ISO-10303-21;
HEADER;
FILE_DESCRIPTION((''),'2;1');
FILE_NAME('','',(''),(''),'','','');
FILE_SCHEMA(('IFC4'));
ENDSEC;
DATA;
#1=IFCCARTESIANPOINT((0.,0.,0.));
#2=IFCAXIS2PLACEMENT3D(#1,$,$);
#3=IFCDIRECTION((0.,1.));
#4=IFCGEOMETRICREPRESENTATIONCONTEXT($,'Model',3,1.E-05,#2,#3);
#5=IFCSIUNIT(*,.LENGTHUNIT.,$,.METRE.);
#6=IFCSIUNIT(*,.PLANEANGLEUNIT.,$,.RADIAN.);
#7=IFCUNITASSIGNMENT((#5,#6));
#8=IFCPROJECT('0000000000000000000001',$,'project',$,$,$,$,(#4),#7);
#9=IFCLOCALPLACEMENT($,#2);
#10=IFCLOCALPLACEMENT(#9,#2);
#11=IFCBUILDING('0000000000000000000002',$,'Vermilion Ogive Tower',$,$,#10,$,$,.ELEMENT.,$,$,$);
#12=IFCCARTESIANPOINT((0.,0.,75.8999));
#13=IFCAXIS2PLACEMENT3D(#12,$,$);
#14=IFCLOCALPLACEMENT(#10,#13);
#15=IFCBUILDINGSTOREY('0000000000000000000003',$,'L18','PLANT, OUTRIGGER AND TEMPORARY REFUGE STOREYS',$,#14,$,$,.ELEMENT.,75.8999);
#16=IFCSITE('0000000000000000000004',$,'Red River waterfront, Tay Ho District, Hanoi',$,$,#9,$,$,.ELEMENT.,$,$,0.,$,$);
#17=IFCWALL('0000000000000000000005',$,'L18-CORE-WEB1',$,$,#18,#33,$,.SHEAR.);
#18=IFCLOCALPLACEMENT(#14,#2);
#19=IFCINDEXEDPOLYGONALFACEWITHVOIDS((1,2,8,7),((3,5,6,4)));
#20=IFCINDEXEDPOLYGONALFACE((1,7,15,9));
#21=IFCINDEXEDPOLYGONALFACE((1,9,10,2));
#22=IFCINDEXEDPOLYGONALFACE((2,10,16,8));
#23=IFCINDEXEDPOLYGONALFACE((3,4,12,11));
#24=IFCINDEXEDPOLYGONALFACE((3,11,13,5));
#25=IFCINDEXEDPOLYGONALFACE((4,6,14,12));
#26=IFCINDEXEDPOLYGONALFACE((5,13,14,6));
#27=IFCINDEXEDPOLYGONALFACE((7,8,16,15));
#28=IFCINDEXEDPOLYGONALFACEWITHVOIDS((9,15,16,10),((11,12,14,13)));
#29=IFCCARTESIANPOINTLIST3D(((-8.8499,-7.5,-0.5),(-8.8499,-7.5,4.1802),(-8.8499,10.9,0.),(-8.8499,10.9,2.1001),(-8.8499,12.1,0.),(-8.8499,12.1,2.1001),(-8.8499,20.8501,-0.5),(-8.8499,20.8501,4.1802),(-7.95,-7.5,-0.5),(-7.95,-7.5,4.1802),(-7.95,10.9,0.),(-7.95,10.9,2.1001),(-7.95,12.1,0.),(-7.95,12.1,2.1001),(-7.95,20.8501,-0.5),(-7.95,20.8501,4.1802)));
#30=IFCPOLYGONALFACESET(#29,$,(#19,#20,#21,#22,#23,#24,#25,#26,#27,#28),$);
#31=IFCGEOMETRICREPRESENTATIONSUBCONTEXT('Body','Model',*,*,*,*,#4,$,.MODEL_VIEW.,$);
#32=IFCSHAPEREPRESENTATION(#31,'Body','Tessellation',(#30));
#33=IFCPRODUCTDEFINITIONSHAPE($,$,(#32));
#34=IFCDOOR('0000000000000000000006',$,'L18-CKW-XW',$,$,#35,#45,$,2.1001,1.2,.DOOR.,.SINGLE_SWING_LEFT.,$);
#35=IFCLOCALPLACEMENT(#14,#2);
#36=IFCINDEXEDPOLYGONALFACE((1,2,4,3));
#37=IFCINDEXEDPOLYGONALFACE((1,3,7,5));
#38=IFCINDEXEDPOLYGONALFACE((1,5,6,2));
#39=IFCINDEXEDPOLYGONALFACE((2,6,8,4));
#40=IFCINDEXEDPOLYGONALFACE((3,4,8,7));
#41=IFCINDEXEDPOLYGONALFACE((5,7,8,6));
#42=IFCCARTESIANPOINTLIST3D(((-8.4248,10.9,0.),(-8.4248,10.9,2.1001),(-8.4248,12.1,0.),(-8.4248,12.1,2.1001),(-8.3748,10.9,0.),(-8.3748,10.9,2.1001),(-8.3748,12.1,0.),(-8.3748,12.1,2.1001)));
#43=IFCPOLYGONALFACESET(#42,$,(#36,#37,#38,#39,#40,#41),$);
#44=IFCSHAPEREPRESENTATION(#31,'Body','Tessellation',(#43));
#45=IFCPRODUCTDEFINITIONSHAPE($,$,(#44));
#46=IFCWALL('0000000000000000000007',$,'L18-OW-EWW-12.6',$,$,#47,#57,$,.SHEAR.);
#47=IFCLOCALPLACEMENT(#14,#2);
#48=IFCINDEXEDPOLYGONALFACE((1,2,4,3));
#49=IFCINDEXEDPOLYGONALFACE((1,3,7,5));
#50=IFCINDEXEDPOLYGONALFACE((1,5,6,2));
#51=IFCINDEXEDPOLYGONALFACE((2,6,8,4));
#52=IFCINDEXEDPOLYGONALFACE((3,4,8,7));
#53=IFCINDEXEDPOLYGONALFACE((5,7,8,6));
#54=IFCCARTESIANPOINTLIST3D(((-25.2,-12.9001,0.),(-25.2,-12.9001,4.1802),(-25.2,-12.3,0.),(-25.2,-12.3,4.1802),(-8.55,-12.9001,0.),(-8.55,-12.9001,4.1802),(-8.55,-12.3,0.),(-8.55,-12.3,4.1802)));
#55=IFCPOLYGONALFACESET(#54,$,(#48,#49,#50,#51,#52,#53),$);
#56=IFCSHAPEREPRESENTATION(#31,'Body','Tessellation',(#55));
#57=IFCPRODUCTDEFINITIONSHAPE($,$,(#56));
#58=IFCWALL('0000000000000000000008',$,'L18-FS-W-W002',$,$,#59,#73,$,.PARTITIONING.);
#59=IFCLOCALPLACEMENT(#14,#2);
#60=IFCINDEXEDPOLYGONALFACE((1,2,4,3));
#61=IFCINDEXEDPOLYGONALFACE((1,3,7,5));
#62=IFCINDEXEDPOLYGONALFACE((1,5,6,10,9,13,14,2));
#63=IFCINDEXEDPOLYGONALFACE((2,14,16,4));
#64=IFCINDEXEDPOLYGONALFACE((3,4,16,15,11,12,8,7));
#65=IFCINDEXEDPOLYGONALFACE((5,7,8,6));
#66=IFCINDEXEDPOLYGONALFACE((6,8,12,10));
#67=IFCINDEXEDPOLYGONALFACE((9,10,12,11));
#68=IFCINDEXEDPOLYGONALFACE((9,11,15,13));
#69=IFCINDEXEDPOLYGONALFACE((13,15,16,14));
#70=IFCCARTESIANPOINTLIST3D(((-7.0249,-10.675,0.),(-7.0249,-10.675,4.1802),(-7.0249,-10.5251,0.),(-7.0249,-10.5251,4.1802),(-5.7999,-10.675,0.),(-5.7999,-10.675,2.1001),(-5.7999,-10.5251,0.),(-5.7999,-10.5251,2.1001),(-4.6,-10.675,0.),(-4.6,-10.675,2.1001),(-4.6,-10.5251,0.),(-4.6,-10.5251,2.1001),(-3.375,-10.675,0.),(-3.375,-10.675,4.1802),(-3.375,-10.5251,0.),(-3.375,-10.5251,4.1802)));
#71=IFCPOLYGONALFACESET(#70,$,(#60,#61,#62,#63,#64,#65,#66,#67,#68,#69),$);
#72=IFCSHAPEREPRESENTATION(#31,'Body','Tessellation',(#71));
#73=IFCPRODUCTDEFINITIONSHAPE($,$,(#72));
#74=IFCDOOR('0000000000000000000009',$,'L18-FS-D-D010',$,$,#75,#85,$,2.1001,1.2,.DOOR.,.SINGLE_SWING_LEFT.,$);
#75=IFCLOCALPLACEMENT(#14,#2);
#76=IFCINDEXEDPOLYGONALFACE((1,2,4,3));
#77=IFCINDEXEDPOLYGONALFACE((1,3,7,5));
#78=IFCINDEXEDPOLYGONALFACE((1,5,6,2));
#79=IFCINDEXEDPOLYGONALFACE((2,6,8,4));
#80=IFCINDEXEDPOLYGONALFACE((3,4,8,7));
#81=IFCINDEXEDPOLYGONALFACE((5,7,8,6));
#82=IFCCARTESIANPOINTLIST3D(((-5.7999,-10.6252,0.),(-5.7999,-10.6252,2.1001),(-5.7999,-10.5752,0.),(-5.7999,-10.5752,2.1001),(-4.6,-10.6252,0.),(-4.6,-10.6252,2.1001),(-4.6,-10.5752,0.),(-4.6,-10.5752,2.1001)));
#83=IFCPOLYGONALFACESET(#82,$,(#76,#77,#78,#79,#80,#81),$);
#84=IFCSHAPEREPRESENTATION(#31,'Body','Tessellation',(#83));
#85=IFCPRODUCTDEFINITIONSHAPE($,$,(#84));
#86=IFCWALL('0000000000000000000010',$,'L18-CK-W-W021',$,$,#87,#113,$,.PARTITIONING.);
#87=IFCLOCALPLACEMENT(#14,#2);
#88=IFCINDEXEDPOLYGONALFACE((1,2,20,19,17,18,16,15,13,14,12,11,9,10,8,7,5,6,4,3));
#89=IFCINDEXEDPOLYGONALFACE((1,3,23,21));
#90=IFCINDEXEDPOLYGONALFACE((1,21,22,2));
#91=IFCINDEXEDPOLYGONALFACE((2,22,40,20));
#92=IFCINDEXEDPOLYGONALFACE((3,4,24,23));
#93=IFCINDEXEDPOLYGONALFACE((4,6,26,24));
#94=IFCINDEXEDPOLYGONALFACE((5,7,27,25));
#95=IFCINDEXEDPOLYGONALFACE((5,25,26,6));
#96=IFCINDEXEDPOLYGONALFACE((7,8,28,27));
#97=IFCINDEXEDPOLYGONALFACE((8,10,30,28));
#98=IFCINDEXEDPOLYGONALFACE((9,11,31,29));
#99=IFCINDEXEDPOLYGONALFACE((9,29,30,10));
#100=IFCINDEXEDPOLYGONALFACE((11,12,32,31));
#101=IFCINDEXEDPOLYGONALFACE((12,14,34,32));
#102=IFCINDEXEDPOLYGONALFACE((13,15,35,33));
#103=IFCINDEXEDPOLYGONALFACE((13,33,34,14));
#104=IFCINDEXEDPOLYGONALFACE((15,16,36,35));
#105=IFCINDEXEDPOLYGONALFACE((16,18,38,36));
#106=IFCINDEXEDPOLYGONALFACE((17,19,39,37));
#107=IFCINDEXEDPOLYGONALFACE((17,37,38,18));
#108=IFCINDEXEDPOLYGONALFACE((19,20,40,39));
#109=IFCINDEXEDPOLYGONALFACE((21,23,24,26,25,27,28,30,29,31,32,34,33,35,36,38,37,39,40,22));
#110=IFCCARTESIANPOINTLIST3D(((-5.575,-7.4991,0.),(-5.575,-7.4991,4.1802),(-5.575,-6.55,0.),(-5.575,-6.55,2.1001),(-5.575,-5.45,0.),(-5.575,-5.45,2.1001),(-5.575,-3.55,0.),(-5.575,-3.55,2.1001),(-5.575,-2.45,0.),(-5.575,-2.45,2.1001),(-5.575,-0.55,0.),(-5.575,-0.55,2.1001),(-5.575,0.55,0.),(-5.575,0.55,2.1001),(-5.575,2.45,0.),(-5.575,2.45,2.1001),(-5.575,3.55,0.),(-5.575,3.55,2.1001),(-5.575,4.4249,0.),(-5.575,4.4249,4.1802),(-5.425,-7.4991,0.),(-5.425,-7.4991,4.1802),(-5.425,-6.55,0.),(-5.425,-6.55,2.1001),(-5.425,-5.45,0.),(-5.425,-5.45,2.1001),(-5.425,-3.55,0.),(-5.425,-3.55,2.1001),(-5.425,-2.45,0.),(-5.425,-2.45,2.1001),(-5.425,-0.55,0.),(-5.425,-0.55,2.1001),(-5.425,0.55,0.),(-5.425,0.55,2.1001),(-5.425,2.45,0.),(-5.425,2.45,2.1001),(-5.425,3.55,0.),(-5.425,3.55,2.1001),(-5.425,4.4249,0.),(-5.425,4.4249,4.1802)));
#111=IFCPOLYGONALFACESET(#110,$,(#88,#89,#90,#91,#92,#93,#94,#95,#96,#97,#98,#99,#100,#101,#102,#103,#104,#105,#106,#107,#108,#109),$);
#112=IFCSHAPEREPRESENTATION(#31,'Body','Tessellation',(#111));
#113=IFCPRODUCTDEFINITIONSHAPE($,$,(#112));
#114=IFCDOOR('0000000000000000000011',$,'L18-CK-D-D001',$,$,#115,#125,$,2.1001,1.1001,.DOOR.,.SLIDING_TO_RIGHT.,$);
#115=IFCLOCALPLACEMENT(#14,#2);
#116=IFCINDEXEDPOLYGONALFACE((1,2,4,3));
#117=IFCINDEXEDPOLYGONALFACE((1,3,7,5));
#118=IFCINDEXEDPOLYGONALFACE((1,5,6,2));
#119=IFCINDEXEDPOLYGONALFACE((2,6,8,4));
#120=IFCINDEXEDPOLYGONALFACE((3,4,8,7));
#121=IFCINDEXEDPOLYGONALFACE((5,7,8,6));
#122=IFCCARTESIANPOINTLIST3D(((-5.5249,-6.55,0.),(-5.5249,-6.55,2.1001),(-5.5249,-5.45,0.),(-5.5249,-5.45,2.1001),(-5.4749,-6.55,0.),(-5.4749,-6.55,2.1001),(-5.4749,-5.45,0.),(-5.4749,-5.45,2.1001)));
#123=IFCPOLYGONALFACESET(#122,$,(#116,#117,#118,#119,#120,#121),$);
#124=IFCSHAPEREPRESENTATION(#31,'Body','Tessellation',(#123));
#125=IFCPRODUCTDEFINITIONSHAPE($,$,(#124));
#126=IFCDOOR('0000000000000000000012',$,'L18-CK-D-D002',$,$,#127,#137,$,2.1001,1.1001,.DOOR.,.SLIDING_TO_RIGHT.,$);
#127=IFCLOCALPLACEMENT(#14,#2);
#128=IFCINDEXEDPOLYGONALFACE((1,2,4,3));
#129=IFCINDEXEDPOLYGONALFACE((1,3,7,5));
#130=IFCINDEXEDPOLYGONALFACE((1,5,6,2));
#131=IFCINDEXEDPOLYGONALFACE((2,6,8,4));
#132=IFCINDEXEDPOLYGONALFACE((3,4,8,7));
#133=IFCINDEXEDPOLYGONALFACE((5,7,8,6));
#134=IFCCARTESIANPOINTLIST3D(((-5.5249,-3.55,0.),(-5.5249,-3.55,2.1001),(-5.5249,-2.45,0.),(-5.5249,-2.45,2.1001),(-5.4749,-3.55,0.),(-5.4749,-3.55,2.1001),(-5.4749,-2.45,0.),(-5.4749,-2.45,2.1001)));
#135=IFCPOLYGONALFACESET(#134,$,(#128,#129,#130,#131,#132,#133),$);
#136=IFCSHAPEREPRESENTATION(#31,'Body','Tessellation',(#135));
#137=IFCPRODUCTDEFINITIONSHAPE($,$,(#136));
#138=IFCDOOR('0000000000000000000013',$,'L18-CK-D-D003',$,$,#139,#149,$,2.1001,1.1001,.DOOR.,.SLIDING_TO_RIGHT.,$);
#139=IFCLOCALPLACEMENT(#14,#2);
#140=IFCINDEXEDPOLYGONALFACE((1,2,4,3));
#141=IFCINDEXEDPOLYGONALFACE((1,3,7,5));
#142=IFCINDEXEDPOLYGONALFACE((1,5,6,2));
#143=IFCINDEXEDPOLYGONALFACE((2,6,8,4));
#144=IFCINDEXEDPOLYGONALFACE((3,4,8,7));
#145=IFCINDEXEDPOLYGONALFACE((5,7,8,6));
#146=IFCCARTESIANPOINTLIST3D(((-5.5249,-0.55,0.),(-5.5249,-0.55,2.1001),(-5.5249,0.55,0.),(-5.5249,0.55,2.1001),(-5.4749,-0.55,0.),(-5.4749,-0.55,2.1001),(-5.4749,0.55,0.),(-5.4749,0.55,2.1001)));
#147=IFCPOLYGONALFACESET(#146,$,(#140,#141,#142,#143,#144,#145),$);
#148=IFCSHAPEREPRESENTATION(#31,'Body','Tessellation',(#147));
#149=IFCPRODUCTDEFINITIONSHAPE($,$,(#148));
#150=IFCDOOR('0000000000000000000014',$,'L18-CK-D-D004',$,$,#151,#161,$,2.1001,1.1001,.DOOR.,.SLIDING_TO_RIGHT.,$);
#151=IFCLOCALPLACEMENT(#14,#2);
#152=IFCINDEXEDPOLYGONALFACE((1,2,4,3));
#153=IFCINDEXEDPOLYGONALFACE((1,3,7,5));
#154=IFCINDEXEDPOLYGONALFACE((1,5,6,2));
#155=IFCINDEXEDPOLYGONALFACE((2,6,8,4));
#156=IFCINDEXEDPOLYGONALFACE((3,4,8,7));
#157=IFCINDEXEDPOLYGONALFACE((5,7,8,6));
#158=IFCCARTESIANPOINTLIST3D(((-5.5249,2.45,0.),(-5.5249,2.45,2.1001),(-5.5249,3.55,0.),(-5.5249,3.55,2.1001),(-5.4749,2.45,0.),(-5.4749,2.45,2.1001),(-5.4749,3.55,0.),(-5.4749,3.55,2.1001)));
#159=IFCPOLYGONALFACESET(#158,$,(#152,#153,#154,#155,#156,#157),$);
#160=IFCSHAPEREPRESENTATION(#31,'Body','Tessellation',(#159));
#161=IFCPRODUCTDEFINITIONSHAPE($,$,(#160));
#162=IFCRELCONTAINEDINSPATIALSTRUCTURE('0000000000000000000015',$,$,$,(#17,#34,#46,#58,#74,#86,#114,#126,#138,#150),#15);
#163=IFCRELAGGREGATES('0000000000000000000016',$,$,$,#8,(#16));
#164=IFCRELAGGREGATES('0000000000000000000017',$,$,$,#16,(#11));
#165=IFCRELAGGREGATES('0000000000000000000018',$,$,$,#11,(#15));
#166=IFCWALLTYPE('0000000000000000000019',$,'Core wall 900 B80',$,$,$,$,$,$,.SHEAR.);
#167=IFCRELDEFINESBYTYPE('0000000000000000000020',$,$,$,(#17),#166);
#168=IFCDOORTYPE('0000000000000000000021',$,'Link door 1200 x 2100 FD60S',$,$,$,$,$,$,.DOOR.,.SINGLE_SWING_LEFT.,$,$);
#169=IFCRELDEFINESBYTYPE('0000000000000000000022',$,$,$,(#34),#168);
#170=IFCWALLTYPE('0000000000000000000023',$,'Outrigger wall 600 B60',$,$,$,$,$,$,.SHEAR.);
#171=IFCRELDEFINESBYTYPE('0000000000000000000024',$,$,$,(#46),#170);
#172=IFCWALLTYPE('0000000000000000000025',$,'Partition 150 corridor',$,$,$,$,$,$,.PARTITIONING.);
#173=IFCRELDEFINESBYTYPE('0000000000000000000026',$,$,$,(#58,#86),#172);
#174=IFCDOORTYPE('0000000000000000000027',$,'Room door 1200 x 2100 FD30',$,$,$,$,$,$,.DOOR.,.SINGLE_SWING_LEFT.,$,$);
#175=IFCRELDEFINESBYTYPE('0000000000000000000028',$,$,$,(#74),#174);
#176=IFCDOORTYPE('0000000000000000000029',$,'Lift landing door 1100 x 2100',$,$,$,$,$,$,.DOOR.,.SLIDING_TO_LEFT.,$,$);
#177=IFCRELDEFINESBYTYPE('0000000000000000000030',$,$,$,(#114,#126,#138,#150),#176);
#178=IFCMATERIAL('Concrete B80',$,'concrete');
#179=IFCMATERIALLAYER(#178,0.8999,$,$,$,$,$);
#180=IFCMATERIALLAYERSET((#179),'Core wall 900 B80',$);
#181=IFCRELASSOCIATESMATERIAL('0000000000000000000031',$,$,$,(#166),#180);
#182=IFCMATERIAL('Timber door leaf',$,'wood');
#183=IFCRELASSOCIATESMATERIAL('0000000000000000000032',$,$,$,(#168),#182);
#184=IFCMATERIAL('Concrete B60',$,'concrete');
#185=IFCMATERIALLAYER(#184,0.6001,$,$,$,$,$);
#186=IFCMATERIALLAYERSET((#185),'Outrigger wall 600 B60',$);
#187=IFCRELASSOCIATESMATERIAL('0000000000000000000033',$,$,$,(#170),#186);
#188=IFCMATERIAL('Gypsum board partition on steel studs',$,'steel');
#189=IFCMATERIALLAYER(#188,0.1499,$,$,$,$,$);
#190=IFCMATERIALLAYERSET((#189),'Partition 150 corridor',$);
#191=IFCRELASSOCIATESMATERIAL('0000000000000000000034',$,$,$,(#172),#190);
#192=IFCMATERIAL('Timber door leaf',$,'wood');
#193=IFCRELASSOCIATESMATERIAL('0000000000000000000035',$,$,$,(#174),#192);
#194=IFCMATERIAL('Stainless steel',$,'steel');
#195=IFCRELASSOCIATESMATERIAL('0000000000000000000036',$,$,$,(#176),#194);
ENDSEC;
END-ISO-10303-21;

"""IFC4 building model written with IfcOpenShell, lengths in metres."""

from ifc_helpers import new_model, si_unit, direction, frame, frame_2d, origin, place, context, subcontext, project, spatial, rectangle, extrude, material, layer, layer_set, type_object, element, fill, save


model = new_model("IFC4")

# Units and contexts
model_context = context("Model", 3, precision=1e-05, world=origin(), true_north=direction((0.0, 1.0)))
body_context = subcontext(model_context, "Body", "Model", "MODEL_VIEW")
ifc_project = project(units=[si_unit("LENGTHUNIT", "METRE"), si_unit("PLANEANGLEUNIT", "RADIAN")], contexts=[model_context])

# Site, building, storey
site_placement = place(None, origin())
site = spatial("IfcSite", under=ifc_project, at=site_placement, Name="Red River waterfront, Tay Ho District, Hanoi", CompositionType="ELEMENT", RefElevation=0.0)
building_placement = place(site_placement, origin())
building = spatial("IfcBuilding", under=site, at=building_placement, Name="Vermilion Ogive Tower", CompositionType="ELEMENT")
storey_placement = place(building_placement, frame((0.0, 0.0, 75.8999)))
storey = spatial("IfcBuildingStorey", under=building, at=storey_placement, Name="L18", Description="PLANT, OUTRIGGER AND TEMPORARY REFUGE STOREYS", CompositionType="ELEMENT", Elevation=75.8999)

# Wall, opening, door
ifc_material_1 = material(Name="Concrete B80", Category="concrete")
ifc_layer_1 = layer(ifc_material_1, 0.8999)
ifc_layer_set_1 = layer_set([ifc_layer_1], Name="Core wall 900 B80")
wall_type_1 = type_object("IfcWallType", Name="Core wall 900 B80", PredefinedType="SHEAR", material=ifc_layer_set_1)
wall_1_placement = place(storey_placement, frame((-8.3999, -7.5, -0.5), z_axis=(0.0, 0.0, 1.0), x_axis=(0.0, 1.0, 0.0)))
wall_1 = element("IfcWall", 1, at=wall_1_placement, inside=storey, type_object=wall_type_1, Name="L18-CORE-WEB1", PredefinedType="SHEAR", context=body_context, shape_type="SweptSolid", body=[
    extrude(rectangle(XDim=28.3501, YDim=0.8999, at=frame_2d((14.175, 0.0))), origin(), (0.0, 0.0, 1.0), 4.6802),
])
opening_1_placement = place(wall_1_placement, frame((18.3999, 0.0, 0.5)))
opening_1 = element("IfcOpeningElement", 2, at=opening_1_placement, cuts=wall_1, PredefinedType="OPENING", context=body_context, shape_type="SweptSolid", body=[
    extrude(rectangle(XDim=1.2, YDim=2.1001, at=frame_2d((0.6001, 1.05))), frame((0.0, 0.46, 0.0), z_axis=(0.0, -1.0, 0.0), x_axis=(1.0, 0.0, 0.0)), (0.0, 0.0, 1.0), 0.9199),
])
ifc_material_2 = material(Name="Timber door leaf", Category="wood")
door_type_1 = type_object("IfcDoorType", Name="Link door 1200 x 2100 FD60S", OperationType="SINGLE_SWING_LEFT", PredefinedType="DOOR", material=ifc_material_2)
door_1_placement = place(opening_1_placement, origin())
door_1 = element("IfcDoor", 3, at=door_1_placement, inside=storey, type_object=door_type_1, Name="L18-CKW-XW", OperationType="SINGLE_SWING_LEFT", OverallHeight=2.1001, OverallWidth=1.2, PredefinedType="DOOR", context=body_context, shape_type="SweptSolid", body=[
    extrude(rectangle(XDim=1.2, YDim=2.1001, at=frame_2d((0.6001, 1.05))), frame((0.0, 0.0249, 0.0), z_axis=(0.0, -1.0, 0.0), x_axis=(1.0, 0.0, 0.0)), (0.0, 0.0, 1.0), 0.05),
])
fill(opening_1, door_1)

# Wall
ifc_material_3 = material(Name="Concrete B60", Category="concrete")
ifc_layer_2 = layer(ifc_material_3, 0.6001)
ifc_layer_set_2 = layer_set([ifc_layer_2], Name="Outrigger wall 600 B60")
wall_type_2 = type_object("IfcWallType", Name="Outrigger wall 600 B60", PredefinedType="SHEAR", material=ifc_layer_set_2)
wall_2_placement = place(storey_placement, frame((-8.55, -12.6001, 0.0), z_axis=(0.0, 0.0, 1.0), x_axis=(-1.0, 0.0, 0.0)))
element("IfcWall", 4, at=wall_2_placement, inside=storey, type_object=wall_type_2, Name="L18-OW-EWW-12.6", PredefinedType="SHEAR", context=body_context, shape_type="SweptSolid", body=[
    extrude(rectangle(XDim=16.6499, YDim=0.6001, at=frame_2d((8.325, 0.0))), origin(), (0.0, 0.0, 1.0), 4.1802),
])

# Wall, opening, door
ifc_material_4 = material(Name="Gypsum board partition on steel studs", Category="steel")
ifc_layer_3 = layer(ifc_material_4, 0.1499)
ifc_layer_set_3 = layer_set([ifc_layer_3], Name="Partition 150 corridor")
wall_type_3 = type_object("IfcWallType", Name="Partition 150 corridor", PredefinedType="PARTITIONING", material=ifc_layer_set_3)
wall_3_placement = place(storey_placement, frame((-7.0249, -10.6001, 0.0), z_axis=(0.0, 0.0, 1.0), x_axis=(1.0, 0.0, 0.0)))
wall_3 = element("IfcWall", 5, at=wall_3_placement, inside=storey, type_object=wall_type_3, Name="L18-FS-W-W002", PredefinedType="PARTITIONING", context=body_context, shape_type="SweptSolid", body=[
    extrude(rectangle(XDim=3.6499, YDim=0.1499, at=frame_2d((1.825, 0.0))), origin(), (0.0, 0.0, 1.0), 4.1802),
])
opening_2_placement = place(wall_3_placement, frame((1.2249, 0.0, 0.0)))
opening_2 = element("IfcOpeningElement", 6, at=opening_2_placement, cuts=wall_3, PredefinedType="OPENING", context=body_context, shape_type="SweptSolid", body=[
    extrude(rectangle(XDim=1.2, YDim=2.1001, at=frame_2d((0.6001, 1.05))), frame((0.0, 0.085, 0.0), z_axis=(0.0, -1.0, 0.0), x_axis=(1.0, 0.0, 0.0)), (0.0, 0.0, 1.0), 0.1699),
])
ifc_material_5 = material(Name="Timber door leaf", Category="wood")
door_type_2 = type_object("IfcDoorType", Name="Room door 1200 x 2100 FD30", OperationType="SINGLE_SWING_LEFT", PredefinedType="DOOR", material=ifc_material_5)
door_2_placement = place(opening_2_placement, origin())
door_2 = element("IfcDoor", 7, at=door_2_placement, inside=storey, type_object=door_type_2, Name="L18-FS-D-D010", OperationType="SINGLE_SWING_LEFT", OverallHeight=2.1001, OverallWidth=1.2, PredefinedType="DOOR", context=body_context, shape_type="SweptSolid", body=[
    extrude(rectangle(XDim=1.2, YDim=2.1001, at=frame_2d((0.6001, 1.05))), frame((0.0, 0.0249, 0.0), z_axis=(0.0, -1.0, 0.0), x_axis=(1.0, 0.0, 0.0)), (0.0, 0.0, 1.0), 0.05),
])
fill(opening_2, door_2)

# Wall, openings, doors
wall_4_placement = place(storey_placement, frame((-5.5, -7.499, 0.0), z_axis=(0.0, 0.0, 1.0), x_axis=(0.0, 1.0, 0.0)))
wall_4 = element("IfcWall", 8, at=wall_4_placement, inside=storey, type_object=wall_type_3, Name="L18-CK-W-W021", PredefinedType="PARTITIONING", context=body_context, shape_type="SweptSolid", body=[
    extrude(rectangle(XDim=11.9241, YDim=0.1499, at=frame_2d((5.9619, 0.0))), origin(), (0.0, 0.0, 1.0), 4.1802),
])
opening_3_placement = place(wall_4_placement, frame((0.949, 0.0, 0.0)))
opening_3 = element("IfcOpeningElement", 9, at=opening_3_placement, cuts=wall_4, PredefinedType="OPENING", context=body_context, shape_type="SweptSolid", body=[
    extrude(rectangle(XDim=1.1001, YDim=2.1001, at=frame_2d((0.55, 1.05))), frame((0.0, 0.085, 0.0), z_axis=(0.0, -1.0, 0.0), x_axis=(1.0, 0.0, 0.0)), (0.0, 0.0, 1.0), 0.1699),
])
opening_4_placement = place(wall_4_placement, frame((3.949, 0.0, 0.0)))
opening_4 = element("IfcOpeningElement", 10, at=opening_4_placement, cuts=wall_4, PredefinedType="OPENING", context=body_context, shape_type="SweptSolid", body=[
    extrude(rectangle(XDim=1.1001, YDim=2.1001, at=frame_2d((0.55, 1.05))), frame((0.0, 0.085, 0.0), z_axis=(0.0, -1.0, 0.0), x_axis=(1.0, 0.0, 0.0)), (0.0, 0.0, 1.0), 0.1699),
])
opening_5_placement = place(wall_4_placement, frame((6.949, 0.0, 0.0)))
opening_5 = element("IfcOpeningElement", 11, at=opening_5_placement, cuts=wall_4, PredefinedType="OPENING", context=body_context, shape_type="SweptSolid", body=[
    extrude(rectangle(XDim=1.1001, YDim=2.1001, at=frame_2d((0.55, 1.05))), frame((0.0, 0.085, 0.0), z_axis=(0.0, -1.0, 0.0), x_axis=(1.0, 0.0, 0.0)), (0.0, 0.0, 1.0), 0.1699),
])
opening_6_placement = place(wall_4_placement, frame((9.949, 0.0, 0.0)))
opening_6 = element("IfcOpeningElement", 12, at=opening_6_placement, cuts=wall_4, PredefinedType="OPENING", context=body_context, shape_type="SweptSolid", body=[
    extrude(rectangle(XDim=1.1001, YDim=2.1001, at=frame_2d((0.55, 1.05))), frame((0.0, 0.085, 0.0), z_axis=(0.0, -1.0, 0.0), x_axis=(1.0, 0.0, 0.0)), (0.0, 0.0, 1.0), 0.1699),
])
ifc_material_6 = material(Name="Stainless steel", Category="steel")
door_type_3 = type_object("IfcDoorType", Name="Lift landing door 1100 x 2100", OperationType="SLIDING_TO_LEFT", PredefinedType="DOOR", material=ifc_material_6)
door_3_placement = place(opening_3_placement, origin())
door_3 = element("IfcDoor", 13, at=door_3_placement, inside=storey, type_object=door_type_3, Name="L18-CK-D-D001", OperationType="SLIDING_TO_RIGHT", OverallHeight=2.1001, OverallWidth=1.1001, PredefinedType="DOOR", context=body_context, shape_type="SweptSolid", body=[
    extrude(rectangle(XDim=1.1001, YDim=2.1001, at=frame_2d((0.55, 1.05))), frame((0.0, 0.0249, 0.0), z_axis=(0.0, -1.0, 0.0), x_axis=(1.0, 0.0, 0.0)), (0.0, 0.0, 1.0), 0.05),
])
fill(opening_3, door_3)
door_4_placement = place(opening_4_placement, origin())
door_4 = element("IfcDoor", 14, at=door_4_placement, inside=storey, type_object=door_type_3, Name="L18-CK-D-D002", OperationType="SLIDING_TO_RIGHT", OverallHeight=2.1001, OverallWidth=1.1001, PredefinedType="DOOR", context=body_context, shape_type="SweptSolid", body=[
    extrude(rectangle(XDim=1.1001, YDim=2.1001, at=frame_2d((0.55, 1.05))), frame((0.0, 0.0249, 0.0), z_axis=(0.0, -1.0, 0.0), x_axis=(1.0, 0.0, 0.0)), (0.0, 0.0, 1.0), 0.05),
])
fill(opening_4, door_4)
door_5_placement = place(opening_5_placement, origin())
door_5 = element("IfcDoor", 15, at=door_5_placement, inside=storey, type_object=door_type_3, Name="L18-CK-D-D003", OperationType="SLIDING_TO_RIGHT", OverallHeight=2.1001, OverallWidth=1.1001, PredefinedType="DOOR", context=body_context, shape_type="SweptSolid", body=[
    extrude(rectangle(XDim=1.1001, YDim=2.1001, at=frame_2d((0.55, 1.05))), frame((0.0, 0.0249, 0.0), z_axis=(0.0, -1.0, 0.0), x_axis=(1.0, 0.0, 0.0)), (0.0, 0.0, 1.0), 0.05),
])
fill(opening_5, door_5)
door_6_placement = place(opening_6_placement, origin())
door_6 = element("IfcDoor", 16, at=door_6_placement, inside=storey, type_object=door_type_3, Name="L18-CK-D-D004", OperationType="SLIDING_TO_RIGHT", OverallHeight=2.1001, OverallWidth=1.1001, PredefinedType="DOOR", context=body_context, shape_type="SweptSolid", body=[
    extrude(rectangle(XDim=1.1001, YDim=2.1001, at=frame_2d((0.55, 1.05))), frame((0.0, 0.0249, 0.0), z_axis=(0.0, -1.0, 0.0), x_axis=(1.0, 0.0, 0.0)), (0.0, 0.0, 1.0), 0.05),
])
fill(opening_6, door_6)

save(model, "model.ifc")
